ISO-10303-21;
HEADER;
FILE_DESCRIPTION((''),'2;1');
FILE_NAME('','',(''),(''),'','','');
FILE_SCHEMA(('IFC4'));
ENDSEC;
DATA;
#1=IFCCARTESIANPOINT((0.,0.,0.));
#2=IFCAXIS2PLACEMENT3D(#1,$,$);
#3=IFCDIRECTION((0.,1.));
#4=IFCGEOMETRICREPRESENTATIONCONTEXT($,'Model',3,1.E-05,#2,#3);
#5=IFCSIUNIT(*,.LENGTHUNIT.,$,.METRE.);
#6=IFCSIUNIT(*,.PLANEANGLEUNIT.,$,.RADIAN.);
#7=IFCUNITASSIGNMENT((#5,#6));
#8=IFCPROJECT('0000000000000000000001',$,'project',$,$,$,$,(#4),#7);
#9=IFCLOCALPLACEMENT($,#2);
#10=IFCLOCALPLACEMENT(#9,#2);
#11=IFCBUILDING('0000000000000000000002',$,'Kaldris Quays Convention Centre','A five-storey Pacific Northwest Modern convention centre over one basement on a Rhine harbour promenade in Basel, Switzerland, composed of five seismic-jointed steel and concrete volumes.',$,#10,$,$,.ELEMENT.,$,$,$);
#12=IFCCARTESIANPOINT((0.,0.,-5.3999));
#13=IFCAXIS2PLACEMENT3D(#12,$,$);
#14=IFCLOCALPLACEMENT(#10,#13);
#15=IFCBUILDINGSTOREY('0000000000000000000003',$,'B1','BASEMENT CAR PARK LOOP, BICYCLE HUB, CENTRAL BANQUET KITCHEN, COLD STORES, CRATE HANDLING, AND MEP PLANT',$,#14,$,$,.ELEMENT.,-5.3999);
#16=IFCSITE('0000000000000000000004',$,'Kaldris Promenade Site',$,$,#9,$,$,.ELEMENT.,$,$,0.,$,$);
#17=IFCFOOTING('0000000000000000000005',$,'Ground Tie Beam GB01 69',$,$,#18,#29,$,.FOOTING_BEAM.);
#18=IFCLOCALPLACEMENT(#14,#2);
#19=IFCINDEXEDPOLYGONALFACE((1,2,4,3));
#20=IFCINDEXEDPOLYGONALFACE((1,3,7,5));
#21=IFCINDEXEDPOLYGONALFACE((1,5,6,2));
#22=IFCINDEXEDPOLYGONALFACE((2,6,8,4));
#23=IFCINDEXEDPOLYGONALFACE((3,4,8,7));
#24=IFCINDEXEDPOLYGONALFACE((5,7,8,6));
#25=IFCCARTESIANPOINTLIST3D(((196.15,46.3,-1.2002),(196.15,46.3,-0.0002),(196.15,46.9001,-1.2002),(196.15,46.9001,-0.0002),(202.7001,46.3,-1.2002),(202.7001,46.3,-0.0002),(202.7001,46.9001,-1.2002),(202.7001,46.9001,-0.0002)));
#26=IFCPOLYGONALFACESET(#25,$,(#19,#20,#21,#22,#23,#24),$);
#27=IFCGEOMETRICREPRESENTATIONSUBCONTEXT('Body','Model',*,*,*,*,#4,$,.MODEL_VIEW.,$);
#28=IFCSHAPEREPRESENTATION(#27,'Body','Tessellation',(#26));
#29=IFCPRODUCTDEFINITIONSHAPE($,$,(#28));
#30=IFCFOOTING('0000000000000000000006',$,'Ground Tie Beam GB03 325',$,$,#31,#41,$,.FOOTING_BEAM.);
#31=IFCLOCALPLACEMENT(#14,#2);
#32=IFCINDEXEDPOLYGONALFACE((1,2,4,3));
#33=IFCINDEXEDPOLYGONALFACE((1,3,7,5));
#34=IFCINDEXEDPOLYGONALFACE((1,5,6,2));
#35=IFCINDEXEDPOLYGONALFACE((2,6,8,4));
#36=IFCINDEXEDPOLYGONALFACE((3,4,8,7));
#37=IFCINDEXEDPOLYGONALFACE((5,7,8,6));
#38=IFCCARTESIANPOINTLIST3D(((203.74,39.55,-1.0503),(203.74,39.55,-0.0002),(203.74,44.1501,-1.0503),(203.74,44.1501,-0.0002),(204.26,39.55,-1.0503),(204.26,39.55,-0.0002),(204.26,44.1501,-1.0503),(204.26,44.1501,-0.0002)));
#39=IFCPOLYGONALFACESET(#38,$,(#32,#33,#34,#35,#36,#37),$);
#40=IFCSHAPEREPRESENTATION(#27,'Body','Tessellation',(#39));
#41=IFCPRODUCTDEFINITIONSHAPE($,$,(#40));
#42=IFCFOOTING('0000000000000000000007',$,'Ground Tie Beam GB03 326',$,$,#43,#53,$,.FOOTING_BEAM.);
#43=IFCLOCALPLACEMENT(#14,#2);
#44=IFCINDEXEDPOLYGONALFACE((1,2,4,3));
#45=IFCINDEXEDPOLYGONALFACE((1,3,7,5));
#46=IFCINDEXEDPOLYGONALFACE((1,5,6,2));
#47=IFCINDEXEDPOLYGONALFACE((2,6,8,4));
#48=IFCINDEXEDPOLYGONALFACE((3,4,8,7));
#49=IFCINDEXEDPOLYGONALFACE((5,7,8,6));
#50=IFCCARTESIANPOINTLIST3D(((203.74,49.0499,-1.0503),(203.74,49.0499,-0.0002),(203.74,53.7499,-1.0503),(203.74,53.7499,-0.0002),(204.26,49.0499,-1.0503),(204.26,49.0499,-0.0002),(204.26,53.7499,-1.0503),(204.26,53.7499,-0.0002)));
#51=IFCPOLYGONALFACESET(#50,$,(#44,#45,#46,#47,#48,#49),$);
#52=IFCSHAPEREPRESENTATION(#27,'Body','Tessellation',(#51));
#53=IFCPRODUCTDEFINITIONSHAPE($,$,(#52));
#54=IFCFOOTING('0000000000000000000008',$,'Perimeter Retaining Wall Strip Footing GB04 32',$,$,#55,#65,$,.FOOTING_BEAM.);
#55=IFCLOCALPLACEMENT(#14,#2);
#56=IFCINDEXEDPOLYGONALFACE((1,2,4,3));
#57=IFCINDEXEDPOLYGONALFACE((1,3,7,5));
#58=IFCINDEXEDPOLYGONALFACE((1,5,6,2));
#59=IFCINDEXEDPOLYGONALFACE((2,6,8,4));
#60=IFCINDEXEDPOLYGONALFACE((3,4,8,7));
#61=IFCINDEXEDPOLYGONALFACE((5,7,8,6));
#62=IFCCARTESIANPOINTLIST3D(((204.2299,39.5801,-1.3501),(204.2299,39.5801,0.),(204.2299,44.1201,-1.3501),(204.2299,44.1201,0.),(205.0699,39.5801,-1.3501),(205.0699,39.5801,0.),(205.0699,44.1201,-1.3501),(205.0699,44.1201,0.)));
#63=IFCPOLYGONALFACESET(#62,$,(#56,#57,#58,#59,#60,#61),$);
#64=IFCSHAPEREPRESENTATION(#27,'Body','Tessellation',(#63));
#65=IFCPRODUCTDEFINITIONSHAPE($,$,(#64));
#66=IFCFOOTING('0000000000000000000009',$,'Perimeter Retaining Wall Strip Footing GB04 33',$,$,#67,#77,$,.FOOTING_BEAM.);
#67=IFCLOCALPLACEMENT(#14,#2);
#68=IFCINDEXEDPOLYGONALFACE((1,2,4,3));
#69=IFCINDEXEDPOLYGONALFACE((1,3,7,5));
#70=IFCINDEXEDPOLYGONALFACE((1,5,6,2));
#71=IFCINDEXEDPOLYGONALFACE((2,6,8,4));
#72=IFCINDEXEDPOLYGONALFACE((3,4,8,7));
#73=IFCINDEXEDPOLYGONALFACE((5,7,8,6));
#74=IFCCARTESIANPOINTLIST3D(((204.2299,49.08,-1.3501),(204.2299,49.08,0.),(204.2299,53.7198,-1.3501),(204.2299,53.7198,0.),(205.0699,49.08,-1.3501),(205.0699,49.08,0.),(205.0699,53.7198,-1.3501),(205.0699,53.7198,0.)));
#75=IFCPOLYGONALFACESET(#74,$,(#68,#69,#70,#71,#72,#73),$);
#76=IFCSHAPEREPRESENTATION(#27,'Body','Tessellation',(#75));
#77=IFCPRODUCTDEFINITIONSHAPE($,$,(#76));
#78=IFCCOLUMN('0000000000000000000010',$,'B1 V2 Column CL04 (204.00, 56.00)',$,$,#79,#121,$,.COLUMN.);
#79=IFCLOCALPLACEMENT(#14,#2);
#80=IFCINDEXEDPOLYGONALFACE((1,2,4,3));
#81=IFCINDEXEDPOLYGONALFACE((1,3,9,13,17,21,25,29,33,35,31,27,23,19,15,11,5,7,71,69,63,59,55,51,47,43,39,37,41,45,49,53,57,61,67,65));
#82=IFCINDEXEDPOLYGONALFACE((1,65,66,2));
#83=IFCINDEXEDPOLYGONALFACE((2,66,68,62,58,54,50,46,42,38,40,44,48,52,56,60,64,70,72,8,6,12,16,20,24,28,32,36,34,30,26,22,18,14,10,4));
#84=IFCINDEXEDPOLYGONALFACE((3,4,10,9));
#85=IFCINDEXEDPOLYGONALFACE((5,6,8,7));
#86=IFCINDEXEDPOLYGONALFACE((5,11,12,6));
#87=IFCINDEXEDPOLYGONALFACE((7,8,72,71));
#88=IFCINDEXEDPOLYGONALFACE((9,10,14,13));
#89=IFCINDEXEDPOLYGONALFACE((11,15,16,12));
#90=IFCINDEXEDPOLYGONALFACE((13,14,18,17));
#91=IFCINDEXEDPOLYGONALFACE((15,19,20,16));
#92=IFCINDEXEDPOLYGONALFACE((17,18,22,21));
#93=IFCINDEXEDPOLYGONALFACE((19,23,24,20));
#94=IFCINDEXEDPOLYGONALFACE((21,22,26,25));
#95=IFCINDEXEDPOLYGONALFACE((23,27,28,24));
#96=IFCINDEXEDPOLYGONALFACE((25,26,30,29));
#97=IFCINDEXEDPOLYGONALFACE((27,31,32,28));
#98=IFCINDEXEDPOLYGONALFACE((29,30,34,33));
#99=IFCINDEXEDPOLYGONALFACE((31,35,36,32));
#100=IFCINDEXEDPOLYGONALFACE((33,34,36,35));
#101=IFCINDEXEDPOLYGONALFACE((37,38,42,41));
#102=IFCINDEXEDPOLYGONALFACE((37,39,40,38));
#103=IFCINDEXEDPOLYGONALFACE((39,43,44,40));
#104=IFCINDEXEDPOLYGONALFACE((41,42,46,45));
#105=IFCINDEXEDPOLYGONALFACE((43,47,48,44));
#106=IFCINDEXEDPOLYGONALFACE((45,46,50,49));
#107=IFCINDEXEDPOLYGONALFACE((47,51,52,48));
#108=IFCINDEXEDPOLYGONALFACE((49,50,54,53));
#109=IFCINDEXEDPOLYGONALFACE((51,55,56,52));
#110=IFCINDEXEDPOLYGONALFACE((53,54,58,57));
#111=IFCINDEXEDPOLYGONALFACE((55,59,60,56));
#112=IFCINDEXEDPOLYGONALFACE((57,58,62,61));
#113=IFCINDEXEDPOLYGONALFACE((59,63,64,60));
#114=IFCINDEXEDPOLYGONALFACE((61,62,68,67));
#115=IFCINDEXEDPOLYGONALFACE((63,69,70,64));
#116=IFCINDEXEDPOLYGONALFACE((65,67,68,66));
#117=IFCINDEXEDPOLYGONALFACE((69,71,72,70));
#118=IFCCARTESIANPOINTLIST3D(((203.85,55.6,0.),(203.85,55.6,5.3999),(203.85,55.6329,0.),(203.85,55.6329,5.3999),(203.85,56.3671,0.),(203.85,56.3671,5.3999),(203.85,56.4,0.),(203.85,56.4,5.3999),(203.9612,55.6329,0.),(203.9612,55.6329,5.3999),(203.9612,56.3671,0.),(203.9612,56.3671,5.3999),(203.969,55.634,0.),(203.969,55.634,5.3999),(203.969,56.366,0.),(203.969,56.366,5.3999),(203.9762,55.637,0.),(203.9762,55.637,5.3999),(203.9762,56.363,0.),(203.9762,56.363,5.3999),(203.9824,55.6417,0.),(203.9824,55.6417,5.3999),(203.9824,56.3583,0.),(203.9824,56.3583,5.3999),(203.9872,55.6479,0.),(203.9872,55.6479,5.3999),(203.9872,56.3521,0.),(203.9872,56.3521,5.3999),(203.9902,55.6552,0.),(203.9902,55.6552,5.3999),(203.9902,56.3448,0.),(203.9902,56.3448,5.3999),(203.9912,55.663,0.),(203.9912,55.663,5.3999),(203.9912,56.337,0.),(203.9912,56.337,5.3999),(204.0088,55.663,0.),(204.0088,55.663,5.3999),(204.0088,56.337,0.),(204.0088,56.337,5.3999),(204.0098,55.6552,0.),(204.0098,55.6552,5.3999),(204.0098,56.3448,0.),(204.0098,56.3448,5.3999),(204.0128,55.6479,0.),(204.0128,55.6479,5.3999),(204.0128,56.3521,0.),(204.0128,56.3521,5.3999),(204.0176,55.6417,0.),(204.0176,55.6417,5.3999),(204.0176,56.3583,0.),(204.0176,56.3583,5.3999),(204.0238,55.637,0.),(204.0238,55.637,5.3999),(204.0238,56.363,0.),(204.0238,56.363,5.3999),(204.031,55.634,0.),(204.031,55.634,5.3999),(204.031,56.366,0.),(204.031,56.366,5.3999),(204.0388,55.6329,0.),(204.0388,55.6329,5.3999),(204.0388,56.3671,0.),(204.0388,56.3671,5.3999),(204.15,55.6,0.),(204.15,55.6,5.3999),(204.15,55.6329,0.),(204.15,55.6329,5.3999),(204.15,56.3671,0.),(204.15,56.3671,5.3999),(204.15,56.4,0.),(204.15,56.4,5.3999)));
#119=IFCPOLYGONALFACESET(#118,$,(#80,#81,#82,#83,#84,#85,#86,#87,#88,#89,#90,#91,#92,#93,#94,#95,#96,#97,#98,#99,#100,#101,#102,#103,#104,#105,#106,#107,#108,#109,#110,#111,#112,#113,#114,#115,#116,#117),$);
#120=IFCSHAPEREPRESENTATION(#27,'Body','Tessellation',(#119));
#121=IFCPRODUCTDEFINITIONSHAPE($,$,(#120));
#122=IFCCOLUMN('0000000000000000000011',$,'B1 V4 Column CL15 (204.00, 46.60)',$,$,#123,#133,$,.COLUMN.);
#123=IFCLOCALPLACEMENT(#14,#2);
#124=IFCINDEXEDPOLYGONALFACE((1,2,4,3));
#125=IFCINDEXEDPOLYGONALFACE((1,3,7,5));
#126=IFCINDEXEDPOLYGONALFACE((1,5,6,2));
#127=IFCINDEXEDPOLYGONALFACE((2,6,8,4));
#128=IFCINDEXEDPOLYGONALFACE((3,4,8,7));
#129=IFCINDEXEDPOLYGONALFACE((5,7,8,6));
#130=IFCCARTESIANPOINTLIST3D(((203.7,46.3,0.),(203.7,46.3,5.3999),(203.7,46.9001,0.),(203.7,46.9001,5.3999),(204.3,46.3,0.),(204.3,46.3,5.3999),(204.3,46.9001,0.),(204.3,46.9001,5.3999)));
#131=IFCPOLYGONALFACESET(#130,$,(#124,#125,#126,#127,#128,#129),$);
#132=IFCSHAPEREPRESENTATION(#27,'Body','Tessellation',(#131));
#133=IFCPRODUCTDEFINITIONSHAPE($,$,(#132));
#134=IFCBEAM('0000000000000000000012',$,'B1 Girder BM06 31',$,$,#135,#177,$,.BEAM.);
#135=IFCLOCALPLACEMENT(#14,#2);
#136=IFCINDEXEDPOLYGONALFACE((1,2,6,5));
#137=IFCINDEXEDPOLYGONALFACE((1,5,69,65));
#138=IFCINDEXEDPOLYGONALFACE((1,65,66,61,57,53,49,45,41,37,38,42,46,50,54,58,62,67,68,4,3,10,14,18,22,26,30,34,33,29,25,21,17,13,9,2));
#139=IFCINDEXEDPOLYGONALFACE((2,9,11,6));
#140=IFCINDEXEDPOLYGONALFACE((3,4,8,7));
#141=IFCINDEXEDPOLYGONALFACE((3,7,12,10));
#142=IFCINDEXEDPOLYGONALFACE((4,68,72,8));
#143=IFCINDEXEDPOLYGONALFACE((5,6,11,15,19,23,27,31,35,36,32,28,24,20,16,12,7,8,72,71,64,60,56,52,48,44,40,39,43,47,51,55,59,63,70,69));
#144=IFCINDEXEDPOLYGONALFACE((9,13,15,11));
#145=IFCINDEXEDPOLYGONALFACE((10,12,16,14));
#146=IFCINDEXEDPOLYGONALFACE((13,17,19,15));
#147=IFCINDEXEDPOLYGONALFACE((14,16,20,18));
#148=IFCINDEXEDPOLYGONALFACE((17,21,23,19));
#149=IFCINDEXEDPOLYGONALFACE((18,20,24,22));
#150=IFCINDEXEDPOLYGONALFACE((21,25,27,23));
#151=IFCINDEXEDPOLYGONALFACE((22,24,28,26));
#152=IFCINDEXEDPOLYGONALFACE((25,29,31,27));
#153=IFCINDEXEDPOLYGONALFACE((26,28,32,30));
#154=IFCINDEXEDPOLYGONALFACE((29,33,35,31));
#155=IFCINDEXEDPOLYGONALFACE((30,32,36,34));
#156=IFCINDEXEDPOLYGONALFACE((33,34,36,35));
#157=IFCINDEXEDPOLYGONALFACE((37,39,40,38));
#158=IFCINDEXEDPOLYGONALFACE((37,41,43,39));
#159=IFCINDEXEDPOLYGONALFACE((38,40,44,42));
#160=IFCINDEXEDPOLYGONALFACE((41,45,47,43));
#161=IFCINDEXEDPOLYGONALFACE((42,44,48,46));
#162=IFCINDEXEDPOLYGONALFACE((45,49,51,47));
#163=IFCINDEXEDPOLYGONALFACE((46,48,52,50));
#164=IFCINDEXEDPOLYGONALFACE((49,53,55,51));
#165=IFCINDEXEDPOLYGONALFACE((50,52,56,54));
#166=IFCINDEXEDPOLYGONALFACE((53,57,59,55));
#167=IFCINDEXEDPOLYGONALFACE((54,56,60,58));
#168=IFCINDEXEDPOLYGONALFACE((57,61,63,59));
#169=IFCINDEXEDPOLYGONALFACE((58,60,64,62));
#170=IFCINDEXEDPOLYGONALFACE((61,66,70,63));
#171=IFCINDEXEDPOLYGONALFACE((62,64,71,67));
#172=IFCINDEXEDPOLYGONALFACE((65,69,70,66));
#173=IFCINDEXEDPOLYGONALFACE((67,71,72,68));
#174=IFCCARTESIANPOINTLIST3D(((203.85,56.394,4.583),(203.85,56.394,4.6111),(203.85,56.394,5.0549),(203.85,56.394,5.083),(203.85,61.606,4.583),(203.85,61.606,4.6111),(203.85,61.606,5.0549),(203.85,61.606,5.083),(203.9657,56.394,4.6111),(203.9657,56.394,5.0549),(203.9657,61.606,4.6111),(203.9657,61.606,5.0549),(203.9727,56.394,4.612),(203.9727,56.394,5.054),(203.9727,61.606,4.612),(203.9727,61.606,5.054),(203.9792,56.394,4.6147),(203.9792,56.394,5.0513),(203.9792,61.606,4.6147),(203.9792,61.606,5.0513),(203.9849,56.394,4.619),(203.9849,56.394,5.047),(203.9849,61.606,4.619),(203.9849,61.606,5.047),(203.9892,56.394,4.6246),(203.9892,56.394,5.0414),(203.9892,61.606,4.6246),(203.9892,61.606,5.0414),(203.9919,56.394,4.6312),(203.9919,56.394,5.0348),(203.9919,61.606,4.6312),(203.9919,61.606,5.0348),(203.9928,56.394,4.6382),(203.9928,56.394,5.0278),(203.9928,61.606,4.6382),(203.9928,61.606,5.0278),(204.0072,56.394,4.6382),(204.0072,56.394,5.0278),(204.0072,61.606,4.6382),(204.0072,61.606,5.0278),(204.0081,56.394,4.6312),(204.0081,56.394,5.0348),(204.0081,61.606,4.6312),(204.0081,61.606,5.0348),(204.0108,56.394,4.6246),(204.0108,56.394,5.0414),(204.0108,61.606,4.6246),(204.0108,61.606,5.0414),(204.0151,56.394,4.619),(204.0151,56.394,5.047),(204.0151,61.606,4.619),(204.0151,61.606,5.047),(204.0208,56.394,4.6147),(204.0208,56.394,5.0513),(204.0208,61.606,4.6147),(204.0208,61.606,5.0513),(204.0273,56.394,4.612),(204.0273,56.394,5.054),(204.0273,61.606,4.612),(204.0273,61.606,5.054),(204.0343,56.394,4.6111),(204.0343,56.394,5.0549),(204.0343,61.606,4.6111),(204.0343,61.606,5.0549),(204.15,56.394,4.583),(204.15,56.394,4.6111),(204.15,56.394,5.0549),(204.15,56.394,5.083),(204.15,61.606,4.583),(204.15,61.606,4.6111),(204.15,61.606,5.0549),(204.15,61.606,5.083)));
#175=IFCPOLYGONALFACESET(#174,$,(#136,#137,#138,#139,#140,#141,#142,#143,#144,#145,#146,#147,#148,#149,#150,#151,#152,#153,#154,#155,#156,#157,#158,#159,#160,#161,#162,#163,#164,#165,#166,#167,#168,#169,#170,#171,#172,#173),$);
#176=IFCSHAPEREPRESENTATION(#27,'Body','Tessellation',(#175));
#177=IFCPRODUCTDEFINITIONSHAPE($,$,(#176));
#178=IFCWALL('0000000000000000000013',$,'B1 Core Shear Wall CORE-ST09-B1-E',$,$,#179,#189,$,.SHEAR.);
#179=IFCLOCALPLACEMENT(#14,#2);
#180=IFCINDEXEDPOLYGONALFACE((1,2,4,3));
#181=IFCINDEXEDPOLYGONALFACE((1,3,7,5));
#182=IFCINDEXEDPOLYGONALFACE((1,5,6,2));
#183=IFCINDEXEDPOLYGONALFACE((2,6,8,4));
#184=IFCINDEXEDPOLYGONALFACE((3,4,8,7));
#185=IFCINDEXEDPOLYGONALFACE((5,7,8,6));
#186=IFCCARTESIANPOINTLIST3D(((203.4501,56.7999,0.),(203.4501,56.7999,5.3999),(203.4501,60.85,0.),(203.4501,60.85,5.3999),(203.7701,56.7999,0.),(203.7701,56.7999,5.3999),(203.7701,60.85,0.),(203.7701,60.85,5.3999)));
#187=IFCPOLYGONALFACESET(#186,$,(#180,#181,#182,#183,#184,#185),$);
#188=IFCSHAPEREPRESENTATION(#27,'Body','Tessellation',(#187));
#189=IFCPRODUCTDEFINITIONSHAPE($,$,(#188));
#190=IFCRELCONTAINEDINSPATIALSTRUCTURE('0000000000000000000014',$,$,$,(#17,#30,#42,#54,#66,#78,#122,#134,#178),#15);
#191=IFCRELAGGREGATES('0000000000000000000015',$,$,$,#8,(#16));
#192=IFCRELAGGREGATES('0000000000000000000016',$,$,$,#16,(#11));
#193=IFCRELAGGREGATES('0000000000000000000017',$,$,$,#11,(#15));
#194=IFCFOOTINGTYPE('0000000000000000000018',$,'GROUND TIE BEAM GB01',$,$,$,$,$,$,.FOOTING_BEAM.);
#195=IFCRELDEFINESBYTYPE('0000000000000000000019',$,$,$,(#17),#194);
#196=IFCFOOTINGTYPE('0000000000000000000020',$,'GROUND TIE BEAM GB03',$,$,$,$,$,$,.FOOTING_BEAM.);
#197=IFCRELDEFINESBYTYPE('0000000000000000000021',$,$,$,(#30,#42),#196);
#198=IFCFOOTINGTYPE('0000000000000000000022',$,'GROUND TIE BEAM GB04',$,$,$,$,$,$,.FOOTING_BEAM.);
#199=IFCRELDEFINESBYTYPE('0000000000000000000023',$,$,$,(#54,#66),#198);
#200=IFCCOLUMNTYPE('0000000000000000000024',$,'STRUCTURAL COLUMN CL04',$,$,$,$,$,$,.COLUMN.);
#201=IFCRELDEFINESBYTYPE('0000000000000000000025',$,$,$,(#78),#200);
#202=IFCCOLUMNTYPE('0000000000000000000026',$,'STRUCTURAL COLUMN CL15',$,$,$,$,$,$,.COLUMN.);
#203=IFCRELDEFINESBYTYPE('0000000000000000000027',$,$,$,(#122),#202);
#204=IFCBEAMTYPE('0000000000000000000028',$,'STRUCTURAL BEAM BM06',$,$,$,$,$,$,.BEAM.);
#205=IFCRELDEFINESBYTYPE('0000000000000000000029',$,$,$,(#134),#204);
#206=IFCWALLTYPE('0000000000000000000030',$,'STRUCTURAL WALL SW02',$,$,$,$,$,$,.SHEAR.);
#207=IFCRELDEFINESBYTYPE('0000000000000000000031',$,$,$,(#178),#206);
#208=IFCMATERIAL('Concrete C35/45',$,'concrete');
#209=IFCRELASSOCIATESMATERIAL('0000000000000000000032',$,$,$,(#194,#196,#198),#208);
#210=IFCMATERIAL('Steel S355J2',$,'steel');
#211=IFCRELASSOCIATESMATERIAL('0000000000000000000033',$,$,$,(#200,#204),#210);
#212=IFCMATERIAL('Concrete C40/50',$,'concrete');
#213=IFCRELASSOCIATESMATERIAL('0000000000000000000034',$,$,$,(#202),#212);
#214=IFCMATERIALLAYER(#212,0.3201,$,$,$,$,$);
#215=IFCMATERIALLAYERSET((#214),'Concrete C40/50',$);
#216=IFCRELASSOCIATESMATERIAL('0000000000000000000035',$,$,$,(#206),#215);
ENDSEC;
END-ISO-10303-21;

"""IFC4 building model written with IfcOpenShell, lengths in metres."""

from ifc_helpers import new_model, si_unit, direction, frame, frame_2d, origin, origin_2d, place, context, subcontext, project, spatial, rectangle, i_section, extrude, material, layer, layer_set, material_profile, profile_set, type_object, element, save


model = new_model("IFC4")

# Units and contexts
model_context = context("Model", 3, precision=1e-05, world=origin(), true_north=direction((0.0, 1.0)))
body_context = subcontext(model_context, "Body", "Model", "MODEL_VIEW")
ifc_project = project(units=[si_unit("LENGTHUNIT", "METRE"), si_unit("PLANEANGLEUNIT", "RADIAN")], contexts=[model_context])

# Site, building, storey
site_placement = place(None, origin())
site = spatial("IfcSite", under=ifc_project, at=site_placement, Name="Kaldris Promenade Site", CompositionType="ELEMENT", RefElevation=0.0)
building_placement = place(site_placement, origin())
building = spatial("IfcBuilding", under=site, at=building_placement, Name="Kaldris Quays Convention Centre", Description="A five-storey Pacific Northwest Modern convention centre over one basement on a Rhine harbour promenade in Basel, Switzerland, composed of five seismic-jointed steel and concrete volumes.", CompositionType="ELEMENT")
storey_placement = place(building_placement, frame((0.0, 0.0, -5.3999)))
storey = spatial("IfcBuildingStorey", under=building, at=storey_placement, Name="B1", Description="BASEMENT CAR PARK LOOP, BICYCLE HUB, CENTRAL BANQUET KITCHEN, COLD STORES, CRATE HANDLING, AND MEP PLANT", CompositionType="ELEMENT", Elevation=-5.3999)

# Shared definitions
ifc_material_1 = material(Name="Concrete C35/45", Category="concrete")

# Footings
footing_type_1 = type_object("IfcFootingType", Name="GROUND TIE BEAM GB01", PredefinedType="FOOTING_BEAM", material=ifc_material_1)
footing_1_placement = place(storey_placement, frame((199.425, 46.6001, -1.2002), z_axis=(0.0, 0.0, 1.0), x_axis=(1.0, 0.0, 0.0)))
element("IfcFooting", 1, at=footing_1_placement, inside=storey, type_object=footing_type_1, Name="Ground Tie Beam GB01 69", PredefinedType="FOOTING_BEAM", context=body_context, shape_type="SweptSolid", body=[
    extrude(rectangle(XDim=6.55, YDim=0.6001, at=origin_2d()), origin(), (0.0, 0.0, 1.0), 1.2),
])
footing_type_2 = type_object("IfcFootingType", Name="GROUND TIE BEAM GB03", PredefinedType="FOOTING_BEAM", material=ifc_material_1)
footing_2_placement = place(storey_placement, frame((204.0, 41.8501, -1.0503), z_axis=(0.0, 0.0, 1.0), x_axis=(1.0, 0.0, 0.0)))
element("IfcFooting", 2, at=footing_2_placement, inside=storey, type_object=footing_type_2, Name="Ground Tie Beam GB03 325", PredefinedType="FOOTING_BEAM", context=body_context, shape_type="SweptSolid", body=[
    extrude(rectangle(XDim=0.52, YDim=4.6001, at=origin_2d()), origin(), (0.0, 0.0, 1.0), 1.05),
])
footing_3_placement = place(storey_placement, frame((204.0, 51.3999, -1.0503), z_axis=(0.0, 0.0, 1.0), x_axis=(1.0, 0.0, 0.0)))
element("IfcFooting", 3, at=footing_3_placement, inside=storey, type_object=footing_type_2, Name="Ground Tie Beam GB03 326", PredefinedType="FOOTING_BEAM", context=body_context, shape_type="SweptSolid", body=[
    extrude(rectangle(XDim=0.52, YDim=4.7, at=origin_2d()), origin(), (0.0, 0.0, 1.0), 1.05),
])
footing_type_3 = type_object("IfcFootingType", Name="GROUND TIE BEAM GB04", PredefinedType="FOOTING_BEAM", material=ifc_material_1)
footing_4_placement = place(storey_placement, frame((204.6499, 41.8501, -1.3501), z_axis=(0.0, 0.0, 1.0), x_axis=(1.0, 0.0, 0.0)))
element("IfcFooting", 4, at=footing_4_placement, inside=storey, type_object=footing_type_3, Name="Perimeter Retaining Wall Strip Footing GB04 32", PredefinedType="FOOTING_BEAM", context=body_context, shape_type="SweptSolid", body=[
    extrude(rectangle(XDim=0.8401, YDim=4.54, at=origin_2d()), origin(), (0.0, 0.0, 1.0), 1.3501),
])
footing_5_placement = place(storey_placement, frame((204.6499, 51.3999, -1.3501), z_axis=(0.0, 0.0, 1.0), x_axis=(1.0, 0.0, 0.0)))
element("IfcFooting", 5, at=footing_5_placement, inside=storey, type_object=footing_type_3, Name="Perimeter Retaining Wall Strip Footing GB04 33", PredefinedType="FOOTING_BEAM", context=body_context, shape_type="SweptSolid", body=[
    extrude(rectangle(XDim=0.8401, YDim=4.6399, at=origin_2d()), origin(), (0.0, 0.0, 1.0), 1.3501),
])

# Columns
ifc_material_2 = material(Name="Steel S355J2", Category="steel")
ifc_material_profile_1 = material_profile(ifc_material_2, i_section(OverallWidth=0.3, OverallDepth=0.8, WebThickness=0.0176, FlangeThickness=0.033, FilletRadius=0.03, at=origin_2d()), Name="HEB 800")
ifc_profile_set_1 = profile_set([ifc_material_profile_1], Name="Steel S355J2")
column_type_1 = type_object("IfcColumnType", Name="STRUCTURAL COLUMN CL04", PredefinedType="COLUMN", material=ifc_profile_set_1)
column_1_placement = place(storey_placement, frame((204.0, 56.0, 0.0), z_axis=(0.0, 0.0, 1.0), x_axis=(1.0, 0.0, 0.0)))
element("IfcColumn", 6, at=column_1_placement, inside=storey, type_object=column_type_1, Name="B1 V2 Column CL04 (204.00, 56.00)", PredefinedType="COLUMN", context=body_context, shape_type="SweptSolid", body=[
    extrude(i_section(OverallWidth=0.3, OverallDepth=0.8, WebThickness=0.0176, FlangeThickness=0.033, FilletRadius=0.03, at=origin_2d()), origin(), (0.0, 0.0, 1.0), 5.3999),
])
ifc_material_3 = material(Name="Concrete C40/50", Category="concrete")
ifc_material_profile_2 = material_profile(ifc_material_3, rectangle(XDim=0.6001, YDim=0.6001, at=origin_2d()), Name="RC 600x600")
ifc_profile_set_2 = profile_set([ifc_material_profile_2], Name="Concrete C40/50")
column_type_2 = type_object("IfcColumnType", Name="STRUCTURAL COLUMN CL15", PredefinedType="COLUMN", material=ifc_profile_set_2)
column_2_placement = place(storey_placement, frame((204.0, 46.6001, 0.0), z_axis=(0.0, 0.0, 1.0), x_axis=(1.0, 0.0, 0.0)))
element("IfcColumn", 7, at=column_2_placement, inside=storey, type_object=column_type_2, Name="B1 V4 Column CL15 (204.00, 46.60)", PredefinedType="COLUMN", context=body_context, shape_type="SweptSolid", body=[
    extrude(rectangle(XDim=0.6001, YDim=0.6001, at=origin_2d()), origin(), (0.0, 0.0, 1.0), 5.3999),
])

# Beam
ifc_material_profile_3 = material_profile(ifc_material_2, i_section(OverallWidth=0.3, OverallDepth=0.5, WebThickness=0.0144, FlangeThickness=0.0281, FilletRadius=0.0271, at=origin_2d()), Name="HEB 500")
ifc_profile_set_3 = profile_set([ifc_material_profile_3], Name="Steel S355J2")
beam_type = type_object("IfcBeamType", Name="STRUCTURAL BEAM BM06", PredefinedType="BEAM", material=ifc_profile_set_3)
beam_placement = place(storey_placement, frame((204.0, 56.394, 4.833), z_axis=(0.0, 1.0, 0.0), x_axis=(-1.0, 0.0, 0.0)))
element("IfcBeam", 8, at=beam_placement, inside=storey, type_object=beam_type, Name="B1 Girder BM06 31", PredefinedType="BEAM", context=body_context, shape_type="SweptSolid", body=[
    extrude(i_section(OverallWidth=0.3, OverallDepth=0.5, WebThickness=0.0144, FlangeThickness=0.0281, FilletRadius=0.0271, at=origin_2d()), origin(), (0.0, 0.0, 1.0), 5.2119),
])

# Wall
ifc_layer = layer(ifc_material_3, 0.3201)
ifc_layer_set = layer_set([ifc_layer], Name="Concrete C40/50")
wall_type = type_object("IfcWallType", Name="STRUCTURAL WALL SW02", PredefinedType="SHEAR", material=ifc_layer_set)
wall_placement = place(storey_placement, frame((203.6101, 56.8, 0.0), z_axis=(0.0, 0.0, 1.0), x_axis=(0.0, 1.0, 0.0)))
element("IfcWall", 9, at=wall_placement, inside=storey, type_object=wall_type, Name="B1 Core Shear Wall CORE-ST09-B1-E", PredefinedType="SHEAR", context=body_context, shape_type="SweptSolid", body=[
    extrude(rectangle(XDim=4.05, YDim=0.3201, at=frame_2d((2.0249, 0.0))), origin(), (0.0, 0.0, 1.0), 5.3999),
])

save(model, "model.ifc")
